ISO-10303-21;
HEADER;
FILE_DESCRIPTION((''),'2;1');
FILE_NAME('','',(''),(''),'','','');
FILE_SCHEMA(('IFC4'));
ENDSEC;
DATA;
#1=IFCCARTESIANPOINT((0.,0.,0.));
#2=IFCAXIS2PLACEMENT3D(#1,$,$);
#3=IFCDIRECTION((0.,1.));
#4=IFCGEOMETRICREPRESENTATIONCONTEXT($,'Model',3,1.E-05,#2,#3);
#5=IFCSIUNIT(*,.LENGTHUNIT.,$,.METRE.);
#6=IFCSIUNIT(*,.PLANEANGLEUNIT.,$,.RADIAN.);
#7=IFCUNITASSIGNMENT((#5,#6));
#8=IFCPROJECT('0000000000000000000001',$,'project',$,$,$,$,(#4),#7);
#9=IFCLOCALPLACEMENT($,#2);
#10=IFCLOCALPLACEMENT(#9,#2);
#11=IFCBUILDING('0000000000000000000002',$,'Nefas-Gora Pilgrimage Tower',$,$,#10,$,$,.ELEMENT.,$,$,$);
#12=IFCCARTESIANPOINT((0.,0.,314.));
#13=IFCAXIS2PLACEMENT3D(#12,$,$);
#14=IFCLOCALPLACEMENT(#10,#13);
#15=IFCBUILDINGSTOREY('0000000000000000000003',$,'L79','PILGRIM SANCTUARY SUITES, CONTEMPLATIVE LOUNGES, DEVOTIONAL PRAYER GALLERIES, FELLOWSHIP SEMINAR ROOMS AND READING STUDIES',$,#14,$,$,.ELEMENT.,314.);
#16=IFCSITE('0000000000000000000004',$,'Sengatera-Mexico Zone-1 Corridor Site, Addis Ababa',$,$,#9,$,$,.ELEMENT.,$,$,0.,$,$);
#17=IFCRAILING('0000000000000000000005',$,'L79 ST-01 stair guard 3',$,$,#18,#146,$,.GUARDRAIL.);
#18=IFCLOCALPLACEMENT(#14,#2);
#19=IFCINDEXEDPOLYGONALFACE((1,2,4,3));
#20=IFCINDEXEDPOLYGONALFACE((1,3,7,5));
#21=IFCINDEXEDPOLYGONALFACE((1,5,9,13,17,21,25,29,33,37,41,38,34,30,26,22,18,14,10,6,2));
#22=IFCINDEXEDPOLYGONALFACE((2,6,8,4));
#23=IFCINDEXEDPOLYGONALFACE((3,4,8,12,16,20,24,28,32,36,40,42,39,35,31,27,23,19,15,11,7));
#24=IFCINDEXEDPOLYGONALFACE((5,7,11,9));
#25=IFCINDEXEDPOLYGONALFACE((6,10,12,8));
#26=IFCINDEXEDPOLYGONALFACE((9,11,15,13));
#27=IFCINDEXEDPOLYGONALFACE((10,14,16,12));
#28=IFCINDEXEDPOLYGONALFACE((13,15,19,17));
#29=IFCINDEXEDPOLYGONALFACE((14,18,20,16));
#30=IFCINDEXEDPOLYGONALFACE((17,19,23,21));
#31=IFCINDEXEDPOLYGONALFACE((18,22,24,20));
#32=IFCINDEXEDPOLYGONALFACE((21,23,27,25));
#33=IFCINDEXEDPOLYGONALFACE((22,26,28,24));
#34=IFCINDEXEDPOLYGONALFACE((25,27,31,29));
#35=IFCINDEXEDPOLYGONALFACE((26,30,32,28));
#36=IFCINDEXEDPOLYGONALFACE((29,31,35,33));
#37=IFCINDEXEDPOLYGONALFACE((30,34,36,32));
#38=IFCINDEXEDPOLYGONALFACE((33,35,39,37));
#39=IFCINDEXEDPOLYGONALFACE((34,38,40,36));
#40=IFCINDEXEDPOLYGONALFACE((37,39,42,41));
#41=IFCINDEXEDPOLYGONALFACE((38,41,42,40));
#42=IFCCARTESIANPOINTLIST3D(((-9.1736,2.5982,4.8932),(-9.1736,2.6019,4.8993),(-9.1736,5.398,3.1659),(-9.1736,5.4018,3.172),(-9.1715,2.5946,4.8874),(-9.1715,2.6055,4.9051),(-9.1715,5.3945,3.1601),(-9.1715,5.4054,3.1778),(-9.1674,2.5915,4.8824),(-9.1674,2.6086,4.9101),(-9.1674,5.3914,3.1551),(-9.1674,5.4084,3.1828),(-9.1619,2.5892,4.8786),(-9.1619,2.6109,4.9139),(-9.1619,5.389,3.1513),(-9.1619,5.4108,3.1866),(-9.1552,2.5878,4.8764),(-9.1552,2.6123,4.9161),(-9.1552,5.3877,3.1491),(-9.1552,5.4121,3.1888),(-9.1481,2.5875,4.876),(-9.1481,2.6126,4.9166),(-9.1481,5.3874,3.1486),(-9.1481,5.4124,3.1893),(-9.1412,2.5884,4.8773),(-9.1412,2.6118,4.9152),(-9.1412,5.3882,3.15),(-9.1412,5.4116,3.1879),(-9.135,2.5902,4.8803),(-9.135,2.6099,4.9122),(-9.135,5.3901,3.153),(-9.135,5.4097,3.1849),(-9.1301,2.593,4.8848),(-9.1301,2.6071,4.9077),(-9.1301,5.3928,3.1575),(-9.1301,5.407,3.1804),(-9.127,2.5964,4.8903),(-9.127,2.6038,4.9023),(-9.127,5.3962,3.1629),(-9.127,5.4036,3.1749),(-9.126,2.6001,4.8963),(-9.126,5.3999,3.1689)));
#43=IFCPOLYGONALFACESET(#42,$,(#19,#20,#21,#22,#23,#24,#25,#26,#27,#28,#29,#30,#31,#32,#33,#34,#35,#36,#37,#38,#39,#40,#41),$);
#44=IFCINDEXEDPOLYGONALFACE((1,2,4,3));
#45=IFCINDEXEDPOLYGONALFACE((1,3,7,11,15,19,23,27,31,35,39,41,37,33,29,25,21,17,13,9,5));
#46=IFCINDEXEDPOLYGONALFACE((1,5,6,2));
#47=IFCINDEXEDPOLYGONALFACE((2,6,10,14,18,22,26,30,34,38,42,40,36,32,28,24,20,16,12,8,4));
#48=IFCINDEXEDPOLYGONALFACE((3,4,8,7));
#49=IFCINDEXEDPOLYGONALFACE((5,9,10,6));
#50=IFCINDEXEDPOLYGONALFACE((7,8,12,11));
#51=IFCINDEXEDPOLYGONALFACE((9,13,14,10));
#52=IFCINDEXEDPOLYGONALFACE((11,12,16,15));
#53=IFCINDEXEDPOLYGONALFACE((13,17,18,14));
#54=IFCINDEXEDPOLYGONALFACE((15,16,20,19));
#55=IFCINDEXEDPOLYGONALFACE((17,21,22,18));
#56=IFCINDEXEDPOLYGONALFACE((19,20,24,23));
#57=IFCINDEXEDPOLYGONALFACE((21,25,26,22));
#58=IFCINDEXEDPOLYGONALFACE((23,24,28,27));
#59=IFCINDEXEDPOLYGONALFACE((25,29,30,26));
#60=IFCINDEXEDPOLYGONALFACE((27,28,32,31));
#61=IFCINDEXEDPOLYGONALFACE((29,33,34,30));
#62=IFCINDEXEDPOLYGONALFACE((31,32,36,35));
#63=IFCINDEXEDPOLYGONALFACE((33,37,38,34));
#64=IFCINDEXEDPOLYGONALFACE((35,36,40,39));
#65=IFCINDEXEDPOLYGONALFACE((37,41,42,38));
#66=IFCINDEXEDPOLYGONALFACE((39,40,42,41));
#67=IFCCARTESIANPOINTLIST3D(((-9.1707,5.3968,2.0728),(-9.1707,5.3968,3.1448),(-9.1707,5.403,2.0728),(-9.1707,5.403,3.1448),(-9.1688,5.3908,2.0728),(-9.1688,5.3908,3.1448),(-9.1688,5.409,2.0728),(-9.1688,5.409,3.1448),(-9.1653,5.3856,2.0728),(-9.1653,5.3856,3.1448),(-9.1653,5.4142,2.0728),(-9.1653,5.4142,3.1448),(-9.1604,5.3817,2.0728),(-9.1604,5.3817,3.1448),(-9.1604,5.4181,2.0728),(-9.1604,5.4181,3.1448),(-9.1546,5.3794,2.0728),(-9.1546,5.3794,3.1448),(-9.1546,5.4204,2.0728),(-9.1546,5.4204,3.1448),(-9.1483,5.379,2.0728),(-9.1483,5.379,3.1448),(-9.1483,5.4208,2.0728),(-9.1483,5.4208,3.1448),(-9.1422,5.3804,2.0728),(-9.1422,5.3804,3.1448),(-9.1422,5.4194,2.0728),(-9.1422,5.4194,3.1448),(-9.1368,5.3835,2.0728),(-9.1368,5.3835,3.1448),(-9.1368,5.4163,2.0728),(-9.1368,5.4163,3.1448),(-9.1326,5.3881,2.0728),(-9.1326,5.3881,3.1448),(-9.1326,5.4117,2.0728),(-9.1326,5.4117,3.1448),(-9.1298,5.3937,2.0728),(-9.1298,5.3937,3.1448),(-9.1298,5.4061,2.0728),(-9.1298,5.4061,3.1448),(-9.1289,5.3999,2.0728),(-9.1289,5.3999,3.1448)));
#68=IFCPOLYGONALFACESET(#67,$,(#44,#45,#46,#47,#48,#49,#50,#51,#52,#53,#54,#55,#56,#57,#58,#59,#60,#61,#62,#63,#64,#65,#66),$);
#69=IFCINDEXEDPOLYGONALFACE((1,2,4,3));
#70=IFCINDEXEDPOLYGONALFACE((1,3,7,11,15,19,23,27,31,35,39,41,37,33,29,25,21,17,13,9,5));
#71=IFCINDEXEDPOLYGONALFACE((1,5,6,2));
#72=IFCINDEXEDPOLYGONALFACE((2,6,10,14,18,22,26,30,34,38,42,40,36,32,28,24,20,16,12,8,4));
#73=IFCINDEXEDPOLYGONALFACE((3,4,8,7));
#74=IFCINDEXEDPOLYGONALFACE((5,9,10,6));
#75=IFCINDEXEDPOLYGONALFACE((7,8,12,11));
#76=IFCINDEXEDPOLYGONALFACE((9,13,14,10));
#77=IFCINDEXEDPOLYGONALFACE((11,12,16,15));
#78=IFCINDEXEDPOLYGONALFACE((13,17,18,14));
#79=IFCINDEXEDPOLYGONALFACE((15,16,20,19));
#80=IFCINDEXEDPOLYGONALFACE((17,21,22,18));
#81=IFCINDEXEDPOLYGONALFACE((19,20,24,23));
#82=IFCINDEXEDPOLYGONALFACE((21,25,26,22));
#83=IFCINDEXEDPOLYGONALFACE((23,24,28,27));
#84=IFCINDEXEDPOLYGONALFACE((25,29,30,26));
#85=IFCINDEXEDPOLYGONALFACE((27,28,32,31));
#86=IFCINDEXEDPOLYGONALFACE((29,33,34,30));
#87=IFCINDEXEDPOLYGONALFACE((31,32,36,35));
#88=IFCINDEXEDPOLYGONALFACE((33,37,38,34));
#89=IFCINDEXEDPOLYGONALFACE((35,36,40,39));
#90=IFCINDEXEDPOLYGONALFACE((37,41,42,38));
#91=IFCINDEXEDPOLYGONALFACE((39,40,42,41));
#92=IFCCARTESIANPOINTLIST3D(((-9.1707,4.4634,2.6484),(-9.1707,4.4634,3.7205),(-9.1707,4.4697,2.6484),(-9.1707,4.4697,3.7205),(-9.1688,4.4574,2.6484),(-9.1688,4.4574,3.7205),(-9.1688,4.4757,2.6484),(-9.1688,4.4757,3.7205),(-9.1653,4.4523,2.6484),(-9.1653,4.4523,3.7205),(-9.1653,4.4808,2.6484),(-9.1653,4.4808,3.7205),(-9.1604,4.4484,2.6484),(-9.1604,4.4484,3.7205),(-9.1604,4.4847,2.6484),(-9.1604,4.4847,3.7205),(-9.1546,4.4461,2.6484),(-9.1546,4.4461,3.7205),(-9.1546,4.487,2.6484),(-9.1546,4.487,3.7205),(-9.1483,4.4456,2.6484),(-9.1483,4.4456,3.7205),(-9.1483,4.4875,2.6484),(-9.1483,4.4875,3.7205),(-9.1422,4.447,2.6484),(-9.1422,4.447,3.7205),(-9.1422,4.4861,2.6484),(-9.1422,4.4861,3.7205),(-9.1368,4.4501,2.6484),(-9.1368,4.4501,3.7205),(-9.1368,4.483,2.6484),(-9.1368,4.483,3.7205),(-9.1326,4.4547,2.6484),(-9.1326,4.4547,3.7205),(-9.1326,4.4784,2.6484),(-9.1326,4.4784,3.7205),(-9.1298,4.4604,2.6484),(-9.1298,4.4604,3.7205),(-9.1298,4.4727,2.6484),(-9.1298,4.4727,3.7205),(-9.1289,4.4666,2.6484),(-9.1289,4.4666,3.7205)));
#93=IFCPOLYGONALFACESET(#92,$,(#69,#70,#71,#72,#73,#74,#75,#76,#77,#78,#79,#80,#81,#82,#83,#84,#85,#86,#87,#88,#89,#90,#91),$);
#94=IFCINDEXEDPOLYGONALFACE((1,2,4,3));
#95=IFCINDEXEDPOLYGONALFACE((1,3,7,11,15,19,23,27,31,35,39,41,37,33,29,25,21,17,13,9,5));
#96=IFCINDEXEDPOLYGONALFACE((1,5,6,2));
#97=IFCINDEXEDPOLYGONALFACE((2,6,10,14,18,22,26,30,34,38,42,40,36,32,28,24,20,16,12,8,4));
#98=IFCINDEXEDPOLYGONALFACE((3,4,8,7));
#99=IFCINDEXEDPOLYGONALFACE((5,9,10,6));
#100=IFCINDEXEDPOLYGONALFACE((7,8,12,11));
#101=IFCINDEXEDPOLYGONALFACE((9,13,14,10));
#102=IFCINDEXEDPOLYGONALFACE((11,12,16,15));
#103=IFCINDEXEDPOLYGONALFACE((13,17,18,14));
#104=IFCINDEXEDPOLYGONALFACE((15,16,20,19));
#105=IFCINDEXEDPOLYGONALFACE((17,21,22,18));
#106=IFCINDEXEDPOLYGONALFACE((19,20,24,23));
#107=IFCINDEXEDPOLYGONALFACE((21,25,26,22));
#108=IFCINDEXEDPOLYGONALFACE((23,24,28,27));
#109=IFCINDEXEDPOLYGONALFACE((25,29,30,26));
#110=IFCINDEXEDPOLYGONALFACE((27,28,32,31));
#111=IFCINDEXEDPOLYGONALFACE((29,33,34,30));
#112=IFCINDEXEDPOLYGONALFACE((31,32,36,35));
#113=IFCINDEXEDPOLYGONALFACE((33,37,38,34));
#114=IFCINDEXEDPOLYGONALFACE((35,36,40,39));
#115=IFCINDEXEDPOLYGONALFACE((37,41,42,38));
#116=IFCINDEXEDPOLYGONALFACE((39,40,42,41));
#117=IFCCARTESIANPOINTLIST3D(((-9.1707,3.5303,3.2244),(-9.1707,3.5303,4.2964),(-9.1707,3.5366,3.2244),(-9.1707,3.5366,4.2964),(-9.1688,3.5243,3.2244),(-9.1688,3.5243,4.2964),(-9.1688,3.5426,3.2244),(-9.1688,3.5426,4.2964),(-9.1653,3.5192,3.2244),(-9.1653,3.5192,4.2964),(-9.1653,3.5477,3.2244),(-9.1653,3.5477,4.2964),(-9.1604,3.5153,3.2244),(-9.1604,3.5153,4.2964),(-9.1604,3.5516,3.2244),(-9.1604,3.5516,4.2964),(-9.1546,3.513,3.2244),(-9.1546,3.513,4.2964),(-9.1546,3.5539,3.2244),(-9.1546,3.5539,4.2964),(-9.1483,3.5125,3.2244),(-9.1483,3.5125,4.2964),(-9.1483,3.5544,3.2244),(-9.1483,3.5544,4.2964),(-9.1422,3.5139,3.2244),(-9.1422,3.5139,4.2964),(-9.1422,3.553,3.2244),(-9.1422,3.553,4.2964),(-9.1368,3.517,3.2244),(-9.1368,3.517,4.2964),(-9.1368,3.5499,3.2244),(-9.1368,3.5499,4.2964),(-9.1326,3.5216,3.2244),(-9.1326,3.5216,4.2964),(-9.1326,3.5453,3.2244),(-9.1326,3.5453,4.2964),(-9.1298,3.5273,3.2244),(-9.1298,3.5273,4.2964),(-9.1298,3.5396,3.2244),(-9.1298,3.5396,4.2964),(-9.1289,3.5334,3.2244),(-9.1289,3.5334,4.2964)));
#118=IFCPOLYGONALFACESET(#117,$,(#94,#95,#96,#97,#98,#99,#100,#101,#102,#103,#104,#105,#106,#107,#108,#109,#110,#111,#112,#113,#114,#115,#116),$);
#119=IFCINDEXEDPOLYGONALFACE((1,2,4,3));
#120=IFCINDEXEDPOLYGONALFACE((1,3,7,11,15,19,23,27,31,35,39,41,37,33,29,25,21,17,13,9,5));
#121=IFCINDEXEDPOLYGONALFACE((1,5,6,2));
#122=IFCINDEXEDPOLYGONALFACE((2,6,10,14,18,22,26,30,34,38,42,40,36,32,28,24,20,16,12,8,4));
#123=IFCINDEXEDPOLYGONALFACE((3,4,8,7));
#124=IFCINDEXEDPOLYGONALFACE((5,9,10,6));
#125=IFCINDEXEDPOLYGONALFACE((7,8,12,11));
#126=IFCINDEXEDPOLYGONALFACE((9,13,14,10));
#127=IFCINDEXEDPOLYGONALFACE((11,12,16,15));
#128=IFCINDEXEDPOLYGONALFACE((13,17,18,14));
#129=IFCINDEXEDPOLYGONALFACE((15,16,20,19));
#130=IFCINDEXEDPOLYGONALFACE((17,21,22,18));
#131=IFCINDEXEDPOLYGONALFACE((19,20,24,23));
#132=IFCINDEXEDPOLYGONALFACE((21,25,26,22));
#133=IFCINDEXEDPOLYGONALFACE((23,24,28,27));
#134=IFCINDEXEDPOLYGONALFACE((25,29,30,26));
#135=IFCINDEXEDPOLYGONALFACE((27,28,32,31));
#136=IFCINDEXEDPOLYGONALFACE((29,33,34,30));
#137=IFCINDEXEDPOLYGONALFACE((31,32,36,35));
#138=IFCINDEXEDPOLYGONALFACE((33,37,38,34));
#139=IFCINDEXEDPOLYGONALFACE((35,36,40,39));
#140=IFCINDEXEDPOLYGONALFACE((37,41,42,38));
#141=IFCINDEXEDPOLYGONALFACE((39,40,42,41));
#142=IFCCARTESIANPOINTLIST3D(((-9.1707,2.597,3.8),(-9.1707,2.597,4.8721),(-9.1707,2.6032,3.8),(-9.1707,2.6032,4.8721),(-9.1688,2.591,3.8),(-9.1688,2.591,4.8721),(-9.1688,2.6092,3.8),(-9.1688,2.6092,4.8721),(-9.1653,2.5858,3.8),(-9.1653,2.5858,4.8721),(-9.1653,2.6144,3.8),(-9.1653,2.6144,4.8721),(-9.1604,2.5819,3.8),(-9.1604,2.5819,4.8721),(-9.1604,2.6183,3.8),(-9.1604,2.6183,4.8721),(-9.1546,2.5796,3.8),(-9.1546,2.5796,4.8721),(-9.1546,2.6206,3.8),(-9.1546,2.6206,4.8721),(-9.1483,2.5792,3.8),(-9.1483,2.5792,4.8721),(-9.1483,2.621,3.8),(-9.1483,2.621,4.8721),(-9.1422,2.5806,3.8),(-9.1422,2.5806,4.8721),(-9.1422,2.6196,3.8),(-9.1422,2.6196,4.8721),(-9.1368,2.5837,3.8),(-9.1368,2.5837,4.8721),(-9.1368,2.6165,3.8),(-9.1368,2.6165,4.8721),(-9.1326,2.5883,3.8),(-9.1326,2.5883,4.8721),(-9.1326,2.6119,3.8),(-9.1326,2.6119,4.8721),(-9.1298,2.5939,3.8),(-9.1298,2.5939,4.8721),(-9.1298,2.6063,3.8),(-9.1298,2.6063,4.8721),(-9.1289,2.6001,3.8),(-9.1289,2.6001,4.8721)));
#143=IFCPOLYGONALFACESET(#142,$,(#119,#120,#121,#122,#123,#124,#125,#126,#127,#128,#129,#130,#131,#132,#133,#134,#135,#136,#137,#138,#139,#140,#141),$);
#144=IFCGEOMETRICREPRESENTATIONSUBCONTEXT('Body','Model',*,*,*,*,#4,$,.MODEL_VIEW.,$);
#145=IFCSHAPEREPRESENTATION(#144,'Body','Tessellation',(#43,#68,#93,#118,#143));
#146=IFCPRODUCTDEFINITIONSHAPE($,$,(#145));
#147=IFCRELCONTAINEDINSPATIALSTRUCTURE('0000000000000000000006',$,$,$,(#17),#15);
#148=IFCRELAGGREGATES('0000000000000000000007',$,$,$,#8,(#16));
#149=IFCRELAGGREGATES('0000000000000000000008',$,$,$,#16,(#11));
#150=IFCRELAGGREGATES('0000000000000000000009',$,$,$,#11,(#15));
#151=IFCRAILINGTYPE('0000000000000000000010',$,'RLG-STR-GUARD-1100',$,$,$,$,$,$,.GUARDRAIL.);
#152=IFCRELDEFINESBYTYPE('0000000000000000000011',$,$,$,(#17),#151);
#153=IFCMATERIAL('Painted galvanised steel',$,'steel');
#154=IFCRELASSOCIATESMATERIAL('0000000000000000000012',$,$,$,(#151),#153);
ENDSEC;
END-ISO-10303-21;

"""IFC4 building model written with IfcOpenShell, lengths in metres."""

from ifc_helpers import new_model, si_unit, direction, frame, origin, origin_2d, place, context, subcontext, project, spatial, circle, extrude, material, type_object, element, save


model = new_model("IFC4")

# Units and contexts
model_context = context("Model", 3, precision=1e-05, world=origin(), true_north=direction((0.0, 1.0)))
body_context = subcontext(model_context, "Body", "Model", "MODEL_VIEW")
ifc_project = project(units=[si_unit("LENGTHUNIT", "METRE"), si_unit("PLANEANGLEUNIT", "RADIAN")], contexts=[model_context])

# Site, building, storey
site_placement = place(None, origin())
site = spatial("IfcSite", under=ifc_project, at=site_placement, Name="Sengatera-Mexico Zone-1 Corridor Site, Addis Ababa", CompositionType="ELEMENT", RefElevation=0.0)
building_placement = place(site_placement, origin())
building = spatial("IfcBuilding", under=site, at=building_placement, Name="Nefas-Gora Pilgrimage Tower", CompositionType="ELEMENT")
storey_placement = place(building_placement, frame((0.0, 0.0, 314.0)))
storey = spatial("IfcBuildingStorey", under=building, at=storey_placement, Name="L79", Description="PILGRIM SANCTUARY SUITES, CONTEMPLATIVE LOUNGES, DEVOTIONAL PRAYER GALLERIES, FELLOWSHIP SEMINAR ROOMS AND READING STUDIES", CompositionType="ELEMENT", Elevation=314.0)

# Railing
ifc_material_1 = material(Name="Painted galvanised steel", Category="steel")
railing_type_1 = type_object("IfcRailingType", Name="RLG-STR-GUARD-1100", PredefinedType="GUARDRAIL", material=ifc_material_1)
railing_1_placement = place(storey_placement, frame((-9.1499, 5.3999, 2.0728)))
element("IfcRailing", 1, at=railing_1_placement, inside=storey, type_object=railing_type_1, Name="L79 ST-01 stair guard 3", PredefinedType="GUARDRAIL", context=body_context, shape_type="SweptSolid", body=[
    extrude(circle(Radius=0.0239, at=origin_2d()), frame((0.0, 0.0, 1.0962), z_axis=(0.0, -0.851069, 0.525054), x_axis=(1.0, 0.0, 0.0)), (0.0, 0.0, 1.0), 3.2898),
    extrude(circle(Radius=0.021, at=origin_2d()), origin(), (0.0, 0.0, 1.0), 1.072),
    extrude(circle(Radius=0.021, at=origin_2d()), frame((0.0, -0.9333, 0.5757)), (0.0, 0.0, 1.0), 1.072),
    extrude(circle(Radius=0.021, at=origin_2d()), frame((0.0, -1.8665, 1.1516)), (0.0, 0.0, 1.0), 1.072),
    extrude(circle(Radius=0.021, at=origin_2d()), frame((0.0, -2.7998, 1.7273)), (0.0, 0.0, 1.0), 1.072),
])

save(model, "model.ifc")
